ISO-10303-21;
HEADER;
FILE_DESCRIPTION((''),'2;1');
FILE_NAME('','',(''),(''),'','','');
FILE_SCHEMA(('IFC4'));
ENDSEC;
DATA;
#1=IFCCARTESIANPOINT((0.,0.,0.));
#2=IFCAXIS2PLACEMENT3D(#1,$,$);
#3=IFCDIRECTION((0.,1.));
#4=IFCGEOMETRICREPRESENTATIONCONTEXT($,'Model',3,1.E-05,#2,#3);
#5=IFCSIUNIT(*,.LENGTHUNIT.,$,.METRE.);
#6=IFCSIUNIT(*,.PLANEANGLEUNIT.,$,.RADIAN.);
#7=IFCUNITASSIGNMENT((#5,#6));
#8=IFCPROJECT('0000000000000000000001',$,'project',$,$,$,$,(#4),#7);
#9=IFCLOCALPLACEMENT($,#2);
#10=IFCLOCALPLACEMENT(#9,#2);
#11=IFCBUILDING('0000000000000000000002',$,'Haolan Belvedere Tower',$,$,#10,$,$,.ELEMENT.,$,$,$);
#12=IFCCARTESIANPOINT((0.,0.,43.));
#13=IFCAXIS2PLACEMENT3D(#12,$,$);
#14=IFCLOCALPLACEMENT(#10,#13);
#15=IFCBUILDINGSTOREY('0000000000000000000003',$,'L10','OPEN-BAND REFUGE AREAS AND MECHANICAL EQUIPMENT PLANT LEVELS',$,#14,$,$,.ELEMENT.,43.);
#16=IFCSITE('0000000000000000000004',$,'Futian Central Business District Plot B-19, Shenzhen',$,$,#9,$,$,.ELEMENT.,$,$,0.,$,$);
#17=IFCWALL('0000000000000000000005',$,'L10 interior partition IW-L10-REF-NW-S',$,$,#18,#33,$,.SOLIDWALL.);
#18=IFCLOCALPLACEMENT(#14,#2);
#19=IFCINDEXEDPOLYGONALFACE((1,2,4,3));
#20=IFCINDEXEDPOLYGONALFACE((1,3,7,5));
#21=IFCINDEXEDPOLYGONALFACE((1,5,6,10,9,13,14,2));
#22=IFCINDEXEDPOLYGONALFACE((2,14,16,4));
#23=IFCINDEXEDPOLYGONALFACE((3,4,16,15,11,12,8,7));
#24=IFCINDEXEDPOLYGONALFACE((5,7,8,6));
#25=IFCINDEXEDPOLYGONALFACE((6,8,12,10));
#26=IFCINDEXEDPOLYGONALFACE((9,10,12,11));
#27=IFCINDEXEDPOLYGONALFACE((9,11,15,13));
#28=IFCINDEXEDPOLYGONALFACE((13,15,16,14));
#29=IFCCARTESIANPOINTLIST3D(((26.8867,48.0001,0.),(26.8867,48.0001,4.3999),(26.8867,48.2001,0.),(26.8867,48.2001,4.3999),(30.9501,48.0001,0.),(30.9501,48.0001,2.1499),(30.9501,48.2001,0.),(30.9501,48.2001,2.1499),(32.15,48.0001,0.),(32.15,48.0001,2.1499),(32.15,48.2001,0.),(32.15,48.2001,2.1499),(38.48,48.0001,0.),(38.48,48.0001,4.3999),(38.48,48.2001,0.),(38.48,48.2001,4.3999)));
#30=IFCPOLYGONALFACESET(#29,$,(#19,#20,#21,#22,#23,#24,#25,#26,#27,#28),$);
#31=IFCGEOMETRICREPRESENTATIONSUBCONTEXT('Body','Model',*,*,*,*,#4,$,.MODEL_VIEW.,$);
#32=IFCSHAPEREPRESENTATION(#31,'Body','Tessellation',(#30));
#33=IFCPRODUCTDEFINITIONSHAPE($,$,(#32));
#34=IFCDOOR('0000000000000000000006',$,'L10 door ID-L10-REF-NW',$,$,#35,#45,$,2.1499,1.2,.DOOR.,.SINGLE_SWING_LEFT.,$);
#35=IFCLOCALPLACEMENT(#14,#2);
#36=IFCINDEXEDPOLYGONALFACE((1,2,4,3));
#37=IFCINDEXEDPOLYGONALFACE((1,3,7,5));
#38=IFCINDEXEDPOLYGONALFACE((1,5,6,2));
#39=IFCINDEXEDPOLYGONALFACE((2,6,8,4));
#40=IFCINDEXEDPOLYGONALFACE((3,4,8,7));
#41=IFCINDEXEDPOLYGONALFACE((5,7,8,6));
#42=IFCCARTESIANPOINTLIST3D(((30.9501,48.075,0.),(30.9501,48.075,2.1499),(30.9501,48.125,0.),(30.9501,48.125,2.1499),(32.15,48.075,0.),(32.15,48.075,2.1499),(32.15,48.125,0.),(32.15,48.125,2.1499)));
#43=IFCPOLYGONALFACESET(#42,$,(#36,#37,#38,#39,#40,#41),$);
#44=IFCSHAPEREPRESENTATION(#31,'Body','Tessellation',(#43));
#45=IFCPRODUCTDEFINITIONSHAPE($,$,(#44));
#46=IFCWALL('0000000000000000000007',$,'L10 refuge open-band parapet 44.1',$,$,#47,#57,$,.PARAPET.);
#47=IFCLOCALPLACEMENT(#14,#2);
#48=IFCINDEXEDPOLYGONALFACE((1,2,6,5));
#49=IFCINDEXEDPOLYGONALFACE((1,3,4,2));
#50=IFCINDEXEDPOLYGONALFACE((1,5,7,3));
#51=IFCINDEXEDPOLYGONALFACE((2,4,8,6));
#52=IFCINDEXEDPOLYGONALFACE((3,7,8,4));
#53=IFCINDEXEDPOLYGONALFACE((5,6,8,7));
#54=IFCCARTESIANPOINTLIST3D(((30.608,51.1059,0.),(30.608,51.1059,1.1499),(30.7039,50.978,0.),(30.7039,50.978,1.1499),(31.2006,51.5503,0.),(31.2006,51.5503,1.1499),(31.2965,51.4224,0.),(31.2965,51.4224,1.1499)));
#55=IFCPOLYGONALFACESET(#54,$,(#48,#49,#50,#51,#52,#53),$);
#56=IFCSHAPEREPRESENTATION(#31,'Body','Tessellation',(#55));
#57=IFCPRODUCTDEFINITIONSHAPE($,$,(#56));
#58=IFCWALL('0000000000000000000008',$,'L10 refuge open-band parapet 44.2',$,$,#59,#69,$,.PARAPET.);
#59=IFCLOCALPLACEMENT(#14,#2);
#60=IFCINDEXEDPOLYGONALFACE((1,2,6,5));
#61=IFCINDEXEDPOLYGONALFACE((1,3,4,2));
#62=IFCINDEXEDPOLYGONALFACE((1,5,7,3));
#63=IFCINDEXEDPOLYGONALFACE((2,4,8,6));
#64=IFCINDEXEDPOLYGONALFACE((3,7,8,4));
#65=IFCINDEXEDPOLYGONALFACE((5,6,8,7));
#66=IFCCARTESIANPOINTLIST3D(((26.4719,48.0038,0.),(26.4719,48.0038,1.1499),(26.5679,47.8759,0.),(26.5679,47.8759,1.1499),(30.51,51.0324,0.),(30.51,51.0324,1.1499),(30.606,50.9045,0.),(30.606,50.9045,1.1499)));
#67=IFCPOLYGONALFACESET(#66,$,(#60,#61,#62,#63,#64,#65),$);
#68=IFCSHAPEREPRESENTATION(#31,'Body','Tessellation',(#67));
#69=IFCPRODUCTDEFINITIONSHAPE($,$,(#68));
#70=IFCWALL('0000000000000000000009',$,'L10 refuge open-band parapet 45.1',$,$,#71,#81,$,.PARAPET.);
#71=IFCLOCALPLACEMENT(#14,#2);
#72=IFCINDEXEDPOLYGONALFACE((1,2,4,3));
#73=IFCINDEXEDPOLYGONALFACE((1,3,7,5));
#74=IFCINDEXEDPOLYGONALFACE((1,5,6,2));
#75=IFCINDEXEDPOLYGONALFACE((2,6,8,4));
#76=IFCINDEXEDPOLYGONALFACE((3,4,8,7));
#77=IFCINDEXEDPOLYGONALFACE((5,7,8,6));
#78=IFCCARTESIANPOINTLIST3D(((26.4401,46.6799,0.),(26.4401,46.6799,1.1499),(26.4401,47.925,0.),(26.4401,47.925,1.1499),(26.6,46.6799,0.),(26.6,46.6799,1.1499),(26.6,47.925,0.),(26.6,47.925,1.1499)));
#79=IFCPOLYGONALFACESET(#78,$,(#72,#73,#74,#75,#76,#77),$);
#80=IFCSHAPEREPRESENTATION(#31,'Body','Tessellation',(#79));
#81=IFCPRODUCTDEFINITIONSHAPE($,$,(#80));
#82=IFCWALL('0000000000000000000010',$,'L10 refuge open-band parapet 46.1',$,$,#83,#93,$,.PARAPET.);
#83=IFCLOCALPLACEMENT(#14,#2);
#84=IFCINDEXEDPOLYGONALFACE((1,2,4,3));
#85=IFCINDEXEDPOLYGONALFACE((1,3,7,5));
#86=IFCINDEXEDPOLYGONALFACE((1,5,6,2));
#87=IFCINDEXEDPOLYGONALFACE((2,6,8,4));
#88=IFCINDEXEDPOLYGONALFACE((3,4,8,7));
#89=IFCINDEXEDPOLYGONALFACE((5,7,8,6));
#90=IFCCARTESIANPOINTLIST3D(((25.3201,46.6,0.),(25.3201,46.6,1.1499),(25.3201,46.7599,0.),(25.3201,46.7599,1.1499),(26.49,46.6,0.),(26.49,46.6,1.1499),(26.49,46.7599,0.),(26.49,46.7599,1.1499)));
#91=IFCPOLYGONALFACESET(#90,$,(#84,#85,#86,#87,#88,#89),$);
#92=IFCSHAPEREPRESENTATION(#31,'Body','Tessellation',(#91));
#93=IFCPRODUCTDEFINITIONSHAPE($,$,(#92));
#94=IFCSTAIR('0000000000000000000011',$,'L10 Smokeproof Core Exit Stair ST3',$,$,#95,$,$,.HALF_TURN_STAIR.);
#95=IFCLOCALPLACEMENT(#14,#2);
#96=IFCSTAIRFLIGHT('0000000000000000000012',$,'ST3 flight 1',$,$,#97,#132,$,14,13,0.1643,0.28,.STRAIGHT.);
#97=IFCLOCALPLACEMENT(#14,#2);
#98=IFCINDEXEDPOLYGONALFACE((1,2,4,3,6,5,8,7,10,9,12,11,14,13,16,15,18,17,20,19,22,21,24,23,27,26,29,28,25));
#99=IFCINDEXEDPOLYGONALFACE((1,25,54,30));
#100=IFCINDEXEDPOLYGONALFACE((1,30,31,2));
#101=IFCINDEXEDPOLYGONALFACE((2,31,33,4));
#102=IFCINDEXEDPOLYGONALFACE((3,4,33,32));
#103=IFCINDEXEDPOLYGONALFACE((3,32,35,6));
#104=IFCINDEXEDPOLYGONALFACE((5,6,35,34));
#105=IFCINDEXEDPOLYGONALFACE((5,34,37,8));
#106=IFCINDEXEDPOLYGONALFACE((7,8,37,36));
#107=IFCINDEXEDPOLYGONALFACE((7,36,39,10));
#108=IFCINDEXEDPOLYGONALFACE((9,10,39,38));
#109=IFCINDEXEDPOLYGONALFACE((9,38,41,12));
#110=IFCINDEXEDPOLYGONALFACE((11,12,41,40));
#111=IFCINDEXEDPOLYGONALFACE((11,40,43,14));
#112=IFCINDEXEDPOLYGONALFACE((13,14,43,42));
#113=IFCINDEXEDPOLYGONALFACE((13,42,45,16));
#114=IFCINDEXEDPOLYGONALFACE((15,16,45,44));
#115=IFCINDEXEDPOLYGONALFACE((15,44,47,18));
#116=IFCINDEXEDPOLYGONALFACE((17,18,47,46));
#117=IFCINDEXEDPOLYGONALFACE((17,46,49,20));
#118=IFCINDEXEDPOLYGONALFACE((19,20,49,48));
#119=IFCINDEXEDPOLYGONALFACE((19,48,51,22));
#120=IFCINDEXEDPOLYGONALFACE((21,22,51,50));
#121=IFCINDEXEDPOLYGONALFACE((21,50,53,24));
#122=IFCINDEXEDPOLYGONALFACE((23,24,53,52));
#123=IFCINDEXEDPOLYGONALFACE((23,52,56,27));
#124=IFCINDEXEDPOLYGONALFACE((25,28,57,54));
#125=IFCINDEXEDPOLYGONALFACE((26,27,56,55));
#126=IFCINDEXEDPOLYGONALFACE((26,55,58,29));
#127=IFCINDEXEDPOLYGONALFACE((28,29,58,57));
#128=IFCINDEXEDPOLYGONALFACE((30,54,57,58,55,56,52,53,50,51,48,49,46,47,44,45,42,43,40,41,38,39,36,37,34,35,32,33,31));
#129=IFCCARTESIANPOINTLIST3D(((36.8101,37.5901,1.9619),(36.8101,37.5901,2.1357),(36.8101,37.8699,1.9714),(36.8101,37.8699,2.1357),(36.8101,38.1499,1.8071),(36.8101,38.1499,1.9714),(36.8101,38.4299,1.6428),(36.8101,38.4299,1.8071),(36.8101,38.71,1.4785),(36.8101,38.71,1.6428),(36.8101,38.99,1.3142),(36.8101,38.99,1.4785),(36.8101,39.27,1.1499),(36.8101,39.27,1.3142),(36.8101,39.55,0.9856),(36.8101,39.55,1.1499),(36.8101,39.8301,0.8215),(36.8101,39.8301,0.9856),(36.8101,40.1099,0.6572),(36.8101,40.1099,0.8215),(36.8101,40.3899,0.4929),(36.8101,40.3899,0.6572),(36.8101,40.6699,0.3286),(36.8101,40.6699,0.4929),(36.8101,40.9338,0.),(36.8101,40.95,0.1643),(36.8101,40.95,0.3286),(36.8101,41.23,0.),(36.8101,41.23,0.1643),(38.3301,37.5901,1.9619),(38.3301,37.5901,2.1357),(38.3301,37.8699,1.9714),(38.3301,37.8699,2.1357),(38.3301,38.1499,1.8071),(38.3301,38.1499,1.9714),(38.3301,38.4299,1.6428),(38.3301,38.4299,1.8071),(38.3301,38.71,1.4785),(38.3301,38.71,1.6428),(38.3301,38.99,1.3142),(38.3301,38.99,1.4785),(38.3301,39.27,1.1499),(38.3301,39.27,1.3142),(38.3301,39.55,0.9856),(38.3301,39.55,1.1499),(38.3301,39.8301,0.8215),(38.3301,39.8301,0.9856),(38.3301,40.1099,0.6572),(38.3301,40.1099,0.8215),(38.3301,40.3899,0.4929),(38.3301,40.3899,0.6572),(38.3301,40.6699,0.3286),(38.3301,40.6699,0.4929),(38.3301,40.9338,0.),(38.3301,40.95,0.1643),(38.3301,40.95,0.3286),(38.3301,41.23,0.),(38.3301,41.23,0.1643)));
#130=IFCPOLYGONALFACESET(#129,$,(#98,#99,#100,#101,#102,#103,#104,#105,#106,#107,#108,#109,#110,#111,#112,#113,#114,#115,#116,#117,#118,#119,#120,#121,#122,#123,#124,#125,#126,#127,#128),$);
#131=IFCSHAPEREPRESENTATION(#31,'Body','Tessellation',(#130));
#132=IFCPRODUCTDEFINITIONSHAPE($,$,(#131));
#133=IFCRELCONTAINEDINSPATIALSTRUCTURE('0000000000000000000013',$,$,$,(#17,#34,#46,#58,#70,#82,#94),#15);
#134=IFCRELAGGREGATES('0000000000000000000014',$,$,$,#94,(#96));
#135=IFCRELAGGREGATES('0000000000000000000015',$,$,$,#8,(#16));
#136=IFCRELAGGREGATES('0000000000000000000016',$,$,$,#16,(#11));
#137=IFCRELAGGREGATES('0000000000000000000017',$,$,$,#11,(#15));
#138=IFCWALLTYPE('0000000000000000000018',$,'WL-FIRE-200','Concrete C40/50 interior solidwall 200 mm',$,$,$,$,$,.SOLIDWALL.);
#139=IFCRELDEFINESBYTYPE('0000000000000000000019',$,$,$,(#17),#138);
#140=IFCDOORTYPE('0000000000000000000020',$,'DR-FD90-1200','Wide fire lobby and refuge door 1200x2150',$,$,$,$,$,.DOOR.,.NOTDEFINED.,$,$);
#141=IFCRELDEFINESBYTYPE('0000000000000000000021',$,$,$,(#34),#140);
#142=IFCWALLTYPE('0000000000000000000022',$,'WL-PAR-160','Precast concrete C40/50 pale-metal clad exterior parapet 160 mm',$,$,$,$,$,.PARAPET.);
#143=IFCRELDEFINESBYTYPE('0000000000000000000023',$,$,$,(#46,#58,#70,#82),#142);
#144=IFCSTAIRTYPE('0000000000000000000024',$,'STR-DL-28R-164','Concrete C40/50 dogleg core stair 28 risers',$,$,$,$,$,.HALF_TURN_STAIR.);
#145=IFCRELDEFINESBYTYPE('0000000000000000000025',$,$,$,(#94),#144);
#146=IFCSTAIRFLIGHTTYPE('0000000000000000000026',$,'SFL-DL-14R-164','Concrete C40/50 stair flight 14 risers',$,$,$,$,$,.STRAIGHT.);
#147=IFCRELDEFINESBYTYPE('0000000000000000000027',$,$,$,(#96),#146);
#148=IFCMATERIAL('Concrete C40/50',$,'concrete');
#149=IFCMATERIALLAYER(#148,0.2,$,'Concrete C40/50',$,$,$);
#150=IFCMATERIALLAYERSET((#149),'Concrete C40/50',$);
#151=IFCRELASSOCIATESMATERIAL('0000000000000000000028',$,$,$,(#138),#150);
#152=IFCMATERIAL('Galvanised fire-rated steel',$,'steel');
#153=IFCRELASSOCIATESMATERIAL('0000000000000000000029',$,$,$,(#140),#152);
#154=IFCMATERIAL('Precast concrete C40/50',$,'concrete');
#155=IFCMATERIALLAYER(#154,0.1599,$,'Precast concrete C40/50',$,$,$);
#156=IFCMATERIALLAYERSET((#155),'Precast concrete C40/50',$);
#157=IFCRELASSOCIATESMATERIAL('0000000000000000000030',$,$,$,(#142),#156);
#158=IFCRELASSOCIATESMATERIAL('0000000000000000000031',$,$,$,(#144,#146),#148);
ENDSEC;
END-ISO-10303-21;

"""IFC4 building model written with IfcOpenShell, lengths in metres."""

from ifc_helpers import new_model, si_unit, direction, frame, frame_2d, origin, place, context, subcontext, project, spatial, polyline, rectangle, outline, extrude, material, layer, layer_set, type_object, element, fill, aggregate, save


model = new_model("IFC4")

# Units and contexts
model_context = context("Model", 3, precision=1e-05, world=origin(), true_north=direction((0.0, 1.0)))
body_context = subcontext(model_context, "Body", "Model", "MODEL_VIEW")
ifc_project = project(units=[si_unit("LENGTHUNIT", "METRE"), si_unit("PLANEANGLEUNIT", "RADIAN")], contexts=[model_context])

# Site, building, storey
site_placement = place(None, origin())
site = spatial("IfcSite", under=ifc_project, at=site_placement, Name="Futian Central Business District Plot B-19, Shenzhen", CompositionType="ELEMENT", RefElevation=0.0)
building_placement = place(site_placement, origin())
building = spatial("IfcBuilding", under=site, at=building_placement, Name="Haolan Belvedere Tower", CompositionType="ELEMENT")
storey_placement = place(building_placement, frame((0.0, 0.0, 43.0)))
storey = spatial("IfcBuildingStorey", under=building, at=storey_placement, Name="L10", Description="OPEN-BAND REFUGE AREAS AND MECHANICAL EQUIPMENT PLANT LEVELS", CompositionType="ELEMENT", Elevation=43.0)

# Shared definitions
ifc_material_1 = material(Name="Galvanised fire-rated steel", Category="steel")

# Shared definitions
ifc_material_2 = material(Name="Concrete C40/50", Category="concrete")
ifc_layer_1 = layer(ifc_material_2, 0.2, Name="Concrete C40/50")
ifc_layer_set_1 = layer_set([ifc_layer_1], Name="Concrete C40/50")
wall_type_1 = type_object("IfcWallType", Name="WL-FIRE-200", Description="Concrete C40/50 interior solidwall 200 mm", PredefinedType="SOLIDWALL", material=ifc_layer_set_1)

# Wall, opening, door
wall_1_placement = place(storey_placement, frame((26.8867, 48.1001, 0.0), z_axis=(0.0, 0.0, 1.0), x_axis=(1.0, 0.0, 0.0)))
wall_1 = element("IfcWall", 1, at=wall_1_placement, inside=storey, type_object=wall_type_1, Name="L10 interior partition IW-L10-REF-NW-S", PredefinedType="SOLIDWALL", context=body_context, shape_type="SweptSolid", body=[
    extrude(rectangle(XDim=11.5933, YDim=0.2, at=frame_2d((5.7966, 0.0))), origin(), (0.0, 0.0, 1.0), 4.3999),
])
opening_1_placement = place(wall_1_placement, frame((4.0632, 0.0, 0.0)))
opening_1 = element("IfcOpeningElement", 2, at=opening_1_placement, cuts=wall_1, PredefinedType="OPENING", context=body_context, shape_type="SweptSolid", body=[
    extrude(rectangle(XDim=1.2, YDim=2.1499, at=frame_2d((0.6001, 1.075))), frame((0.0, 0.1099, 0.0), z_axis=(0.0, -1.0, 0.0), x_axis=(1.0, 0.0, 0.0)), (0.0, 0.0, 1.0), 0.22),
])
door_type_1 = type_object("IfcDoorType", Name="DR-FD90-1200", Description="Wide fire lobby and refuge door 1200x2150", OperationType="NOTDEFINED", PredefinedType="DOOR", material=ifc_material_1)
door_1_placement = place(opening_1_placement, origin())
door_1 = element("IfcDoor", 3, at=door_1_placement, inside=storey, type_object=door_type_1, Name="L10 door ID-L10-REF-NW", OperationType="SINGLE_SWING_LEFT", OverallHeight=2.1499, OverallWidth=1.2, PredefinedType="DOOR", context=body_context, shape_type="SweptSolid", body=[
    extrude(rectangle(XDim=1.2, YDim=2.1499, at=frame_2d((0.6001, 1.075))), frame((0.0, 0.0249, 0.0), z_axis=(0.0, -1.0, 0.0), x_axis=(1.0, 0.0, 0.0)), (0.0, 0.0, 1.0), 0.05),
])
fill(opening_1, door_1)

# Walls
ifc_material_3 = material(Name="Precast concrete C40/50", Category="concrete")
ifc_layer_2 = layer(ifc_material_3, 0.1599, Name="Precast concrete C40/50")
ifc_layer_set_2 = layer_set([ifc_layer_2], Name="Precast concrete C40/50")
wall_type_2 = type_object("IfcWallType", Name="WL-PAR-160", Description="Precast concrete C40/50 pale-metal clad exterior parapet 160 mm", PredefinedType="PARAPET", material=ifc_layer_set_2)
wall_2_placement = place(storey_placement, frame((31.2485, 51.4863, 0.0), z_axis=(0.0, 0.0, 1.0), x_axis=(-0.80004, -0.599947, 0.0)))
element("IfcWall", 4, at=wall_2_placement, inside=storey, type_object=wall_type_2, Name="L10 refuge open-band parapet 44.1", PredefinedType="PARAPET", context=body_context, shape_type="SweptSolid", body=[
    extrude(rectangle(XDim=0.7407, YDim=0.1599, at=frame_2d((0.3704, 0.0))), origin(), (0.0, 0.0, 1.0), 1.1499),
])
wall_3_placement = place(storey_placement, frame((30.5581, 50.9685, 0.0), z_axis=(0.0, 0.0, 1.0), x_axis=(-0.8, -0.6, 0.0)))
element("IfcWall", 5, at=wall_3_placement, inside=storey, type_object=wall_type_2, Name="L10 refuge open-band parapet 44.2", PredefinedType="PARAPET", context=body_context, shape_type="SweptSolid", body=[
    extrude(rectangle(XDim=5.0476, YDim=0.1599, at=frame_2d((2.5239, 0.0))), origin(), (0.0, 0.0, 1.0), 1.1499),
])
wall_4_placement = place(storey_placement, frame((26.52, 47.925, 0.0), z_axis=(0.0, 0.0, 1.0), x_axis=(0.0, -1.0, 0.0)))
element("IfcWall", 6, at=wall_4_placement, inside=storey, type_object=wall_type_2, Name="L10 refuge open-band parapet 45.1", PredefinedType="PARAPET", context=body_context, shape_type="SweptSolid", body=[
    extrude(rectangle(XDim=1.2451, YDim=0.1599, at=frame_2d((0.6226, 0.0))), origin(), (0.0, 0.0, 1.0), 1.1499),
])
wall_5_placement = place(storey_placement, frame((26.49, 46.6799, 0.0), z_axis=(0.0, 0.0, 1.0), x_axis=(-1.0, 0.0, 0.0)))
element("IfcWall", 7, at=wall_5_placement, inside=storey, type_object=wall_type_2, Name="L10 refuge open-band parapet 46.1", PredefinedType="PARAPET", context=body_context, shape_type="SweptSolid", body=[
    extrude(rectangle(XDim=1.1699, YDim=0.1599, at=frame_2d((0.585, 0.0))), origin(), (0.0, 0.0, 1.0), 1.1499),
])

# Stair, stair flight
stair_type = type_object("IfcStairType", Name="STR-DL-28R-164", Description="Concrete C40/50 dogleg core stair 28 risers", PredefinedType="HALF_TURN_STAIR", material=ifc_material_2)
stair_placement = place(storey_placement, origin())
stair = element("IfcStair", 8, at=stair_placement, inside=storey, type_object=stair_type, Name="L10 Smokeproof Core Exit Stair ST3", PredefinedType="HALF_TURN_STAIR")
stair_flight_type = type_object("IfcStairFlightType", Name="SFL-DL-14R-164", Description="Concrete C40/50 stair flight 14 risers", PredefinedType="STRAIGHT", material=ifc_material_2)
stair_flight_placement = place(storey_placement, frame((37.5701, 41.23, 0.0), z_axis=(0.0, 0.0, 1.0), x_axis=(0.0, -1.0, 0.0)))
stair_flight = element("IfcStairFlight", 9, at=stair_flight_placement, type_object=stair_flight_type, Name="ST3 flight 1", NumberOfRisers=14, NumberOfTreads=13, PredefinedType="STRAIGHT", RiserHeight=0.1643, TreadLength=0.28, context=body_context, shape_type="SweptSolid", body=[
    extrude(outline(polyline([(0.0, 0.0), (0.0, 0.1643), (0.28, 0.1643), (0.28, 0.3286), (0.5601, 0.3286), (0.5601, 0.4929), (0.8401, 0.4929), (0.8401, 0.6572), (1.1201, 0.6572), (1.1201, 0.8215), (1.3999, 0.8215), (1.3999, 0.9856), (1.6799, 0.9856), (1.6799, 1.1499), (1.96, 1.1499), (1.96, 1.3142), (2.24, 1.3142), (2.24, 1.4785), (2.52, 1.4785), (2.52, 1.6428), (2.8, 1.6428), (2.8, 1.8071), (3.0801, 1.8071), (3.0801, 1.9714), (3.3601, 1.9714), (3.3601, 2.1357), (3.6399, 2.1357), (3.6399, 2.3), (3.6399, 1.9619), (0.2961, 0.0), (0.0, 0.0)])), frame((0.0, 0.76, 0.0), z_axis=(0.0, -1.0, 0.0), x_axis=(1.0, 0.0, 0.0)), (0.0, 0.0, 1.0), 1.52),
])
aggregate(stair, [stair_flight])

save(model, "model.ifc")
